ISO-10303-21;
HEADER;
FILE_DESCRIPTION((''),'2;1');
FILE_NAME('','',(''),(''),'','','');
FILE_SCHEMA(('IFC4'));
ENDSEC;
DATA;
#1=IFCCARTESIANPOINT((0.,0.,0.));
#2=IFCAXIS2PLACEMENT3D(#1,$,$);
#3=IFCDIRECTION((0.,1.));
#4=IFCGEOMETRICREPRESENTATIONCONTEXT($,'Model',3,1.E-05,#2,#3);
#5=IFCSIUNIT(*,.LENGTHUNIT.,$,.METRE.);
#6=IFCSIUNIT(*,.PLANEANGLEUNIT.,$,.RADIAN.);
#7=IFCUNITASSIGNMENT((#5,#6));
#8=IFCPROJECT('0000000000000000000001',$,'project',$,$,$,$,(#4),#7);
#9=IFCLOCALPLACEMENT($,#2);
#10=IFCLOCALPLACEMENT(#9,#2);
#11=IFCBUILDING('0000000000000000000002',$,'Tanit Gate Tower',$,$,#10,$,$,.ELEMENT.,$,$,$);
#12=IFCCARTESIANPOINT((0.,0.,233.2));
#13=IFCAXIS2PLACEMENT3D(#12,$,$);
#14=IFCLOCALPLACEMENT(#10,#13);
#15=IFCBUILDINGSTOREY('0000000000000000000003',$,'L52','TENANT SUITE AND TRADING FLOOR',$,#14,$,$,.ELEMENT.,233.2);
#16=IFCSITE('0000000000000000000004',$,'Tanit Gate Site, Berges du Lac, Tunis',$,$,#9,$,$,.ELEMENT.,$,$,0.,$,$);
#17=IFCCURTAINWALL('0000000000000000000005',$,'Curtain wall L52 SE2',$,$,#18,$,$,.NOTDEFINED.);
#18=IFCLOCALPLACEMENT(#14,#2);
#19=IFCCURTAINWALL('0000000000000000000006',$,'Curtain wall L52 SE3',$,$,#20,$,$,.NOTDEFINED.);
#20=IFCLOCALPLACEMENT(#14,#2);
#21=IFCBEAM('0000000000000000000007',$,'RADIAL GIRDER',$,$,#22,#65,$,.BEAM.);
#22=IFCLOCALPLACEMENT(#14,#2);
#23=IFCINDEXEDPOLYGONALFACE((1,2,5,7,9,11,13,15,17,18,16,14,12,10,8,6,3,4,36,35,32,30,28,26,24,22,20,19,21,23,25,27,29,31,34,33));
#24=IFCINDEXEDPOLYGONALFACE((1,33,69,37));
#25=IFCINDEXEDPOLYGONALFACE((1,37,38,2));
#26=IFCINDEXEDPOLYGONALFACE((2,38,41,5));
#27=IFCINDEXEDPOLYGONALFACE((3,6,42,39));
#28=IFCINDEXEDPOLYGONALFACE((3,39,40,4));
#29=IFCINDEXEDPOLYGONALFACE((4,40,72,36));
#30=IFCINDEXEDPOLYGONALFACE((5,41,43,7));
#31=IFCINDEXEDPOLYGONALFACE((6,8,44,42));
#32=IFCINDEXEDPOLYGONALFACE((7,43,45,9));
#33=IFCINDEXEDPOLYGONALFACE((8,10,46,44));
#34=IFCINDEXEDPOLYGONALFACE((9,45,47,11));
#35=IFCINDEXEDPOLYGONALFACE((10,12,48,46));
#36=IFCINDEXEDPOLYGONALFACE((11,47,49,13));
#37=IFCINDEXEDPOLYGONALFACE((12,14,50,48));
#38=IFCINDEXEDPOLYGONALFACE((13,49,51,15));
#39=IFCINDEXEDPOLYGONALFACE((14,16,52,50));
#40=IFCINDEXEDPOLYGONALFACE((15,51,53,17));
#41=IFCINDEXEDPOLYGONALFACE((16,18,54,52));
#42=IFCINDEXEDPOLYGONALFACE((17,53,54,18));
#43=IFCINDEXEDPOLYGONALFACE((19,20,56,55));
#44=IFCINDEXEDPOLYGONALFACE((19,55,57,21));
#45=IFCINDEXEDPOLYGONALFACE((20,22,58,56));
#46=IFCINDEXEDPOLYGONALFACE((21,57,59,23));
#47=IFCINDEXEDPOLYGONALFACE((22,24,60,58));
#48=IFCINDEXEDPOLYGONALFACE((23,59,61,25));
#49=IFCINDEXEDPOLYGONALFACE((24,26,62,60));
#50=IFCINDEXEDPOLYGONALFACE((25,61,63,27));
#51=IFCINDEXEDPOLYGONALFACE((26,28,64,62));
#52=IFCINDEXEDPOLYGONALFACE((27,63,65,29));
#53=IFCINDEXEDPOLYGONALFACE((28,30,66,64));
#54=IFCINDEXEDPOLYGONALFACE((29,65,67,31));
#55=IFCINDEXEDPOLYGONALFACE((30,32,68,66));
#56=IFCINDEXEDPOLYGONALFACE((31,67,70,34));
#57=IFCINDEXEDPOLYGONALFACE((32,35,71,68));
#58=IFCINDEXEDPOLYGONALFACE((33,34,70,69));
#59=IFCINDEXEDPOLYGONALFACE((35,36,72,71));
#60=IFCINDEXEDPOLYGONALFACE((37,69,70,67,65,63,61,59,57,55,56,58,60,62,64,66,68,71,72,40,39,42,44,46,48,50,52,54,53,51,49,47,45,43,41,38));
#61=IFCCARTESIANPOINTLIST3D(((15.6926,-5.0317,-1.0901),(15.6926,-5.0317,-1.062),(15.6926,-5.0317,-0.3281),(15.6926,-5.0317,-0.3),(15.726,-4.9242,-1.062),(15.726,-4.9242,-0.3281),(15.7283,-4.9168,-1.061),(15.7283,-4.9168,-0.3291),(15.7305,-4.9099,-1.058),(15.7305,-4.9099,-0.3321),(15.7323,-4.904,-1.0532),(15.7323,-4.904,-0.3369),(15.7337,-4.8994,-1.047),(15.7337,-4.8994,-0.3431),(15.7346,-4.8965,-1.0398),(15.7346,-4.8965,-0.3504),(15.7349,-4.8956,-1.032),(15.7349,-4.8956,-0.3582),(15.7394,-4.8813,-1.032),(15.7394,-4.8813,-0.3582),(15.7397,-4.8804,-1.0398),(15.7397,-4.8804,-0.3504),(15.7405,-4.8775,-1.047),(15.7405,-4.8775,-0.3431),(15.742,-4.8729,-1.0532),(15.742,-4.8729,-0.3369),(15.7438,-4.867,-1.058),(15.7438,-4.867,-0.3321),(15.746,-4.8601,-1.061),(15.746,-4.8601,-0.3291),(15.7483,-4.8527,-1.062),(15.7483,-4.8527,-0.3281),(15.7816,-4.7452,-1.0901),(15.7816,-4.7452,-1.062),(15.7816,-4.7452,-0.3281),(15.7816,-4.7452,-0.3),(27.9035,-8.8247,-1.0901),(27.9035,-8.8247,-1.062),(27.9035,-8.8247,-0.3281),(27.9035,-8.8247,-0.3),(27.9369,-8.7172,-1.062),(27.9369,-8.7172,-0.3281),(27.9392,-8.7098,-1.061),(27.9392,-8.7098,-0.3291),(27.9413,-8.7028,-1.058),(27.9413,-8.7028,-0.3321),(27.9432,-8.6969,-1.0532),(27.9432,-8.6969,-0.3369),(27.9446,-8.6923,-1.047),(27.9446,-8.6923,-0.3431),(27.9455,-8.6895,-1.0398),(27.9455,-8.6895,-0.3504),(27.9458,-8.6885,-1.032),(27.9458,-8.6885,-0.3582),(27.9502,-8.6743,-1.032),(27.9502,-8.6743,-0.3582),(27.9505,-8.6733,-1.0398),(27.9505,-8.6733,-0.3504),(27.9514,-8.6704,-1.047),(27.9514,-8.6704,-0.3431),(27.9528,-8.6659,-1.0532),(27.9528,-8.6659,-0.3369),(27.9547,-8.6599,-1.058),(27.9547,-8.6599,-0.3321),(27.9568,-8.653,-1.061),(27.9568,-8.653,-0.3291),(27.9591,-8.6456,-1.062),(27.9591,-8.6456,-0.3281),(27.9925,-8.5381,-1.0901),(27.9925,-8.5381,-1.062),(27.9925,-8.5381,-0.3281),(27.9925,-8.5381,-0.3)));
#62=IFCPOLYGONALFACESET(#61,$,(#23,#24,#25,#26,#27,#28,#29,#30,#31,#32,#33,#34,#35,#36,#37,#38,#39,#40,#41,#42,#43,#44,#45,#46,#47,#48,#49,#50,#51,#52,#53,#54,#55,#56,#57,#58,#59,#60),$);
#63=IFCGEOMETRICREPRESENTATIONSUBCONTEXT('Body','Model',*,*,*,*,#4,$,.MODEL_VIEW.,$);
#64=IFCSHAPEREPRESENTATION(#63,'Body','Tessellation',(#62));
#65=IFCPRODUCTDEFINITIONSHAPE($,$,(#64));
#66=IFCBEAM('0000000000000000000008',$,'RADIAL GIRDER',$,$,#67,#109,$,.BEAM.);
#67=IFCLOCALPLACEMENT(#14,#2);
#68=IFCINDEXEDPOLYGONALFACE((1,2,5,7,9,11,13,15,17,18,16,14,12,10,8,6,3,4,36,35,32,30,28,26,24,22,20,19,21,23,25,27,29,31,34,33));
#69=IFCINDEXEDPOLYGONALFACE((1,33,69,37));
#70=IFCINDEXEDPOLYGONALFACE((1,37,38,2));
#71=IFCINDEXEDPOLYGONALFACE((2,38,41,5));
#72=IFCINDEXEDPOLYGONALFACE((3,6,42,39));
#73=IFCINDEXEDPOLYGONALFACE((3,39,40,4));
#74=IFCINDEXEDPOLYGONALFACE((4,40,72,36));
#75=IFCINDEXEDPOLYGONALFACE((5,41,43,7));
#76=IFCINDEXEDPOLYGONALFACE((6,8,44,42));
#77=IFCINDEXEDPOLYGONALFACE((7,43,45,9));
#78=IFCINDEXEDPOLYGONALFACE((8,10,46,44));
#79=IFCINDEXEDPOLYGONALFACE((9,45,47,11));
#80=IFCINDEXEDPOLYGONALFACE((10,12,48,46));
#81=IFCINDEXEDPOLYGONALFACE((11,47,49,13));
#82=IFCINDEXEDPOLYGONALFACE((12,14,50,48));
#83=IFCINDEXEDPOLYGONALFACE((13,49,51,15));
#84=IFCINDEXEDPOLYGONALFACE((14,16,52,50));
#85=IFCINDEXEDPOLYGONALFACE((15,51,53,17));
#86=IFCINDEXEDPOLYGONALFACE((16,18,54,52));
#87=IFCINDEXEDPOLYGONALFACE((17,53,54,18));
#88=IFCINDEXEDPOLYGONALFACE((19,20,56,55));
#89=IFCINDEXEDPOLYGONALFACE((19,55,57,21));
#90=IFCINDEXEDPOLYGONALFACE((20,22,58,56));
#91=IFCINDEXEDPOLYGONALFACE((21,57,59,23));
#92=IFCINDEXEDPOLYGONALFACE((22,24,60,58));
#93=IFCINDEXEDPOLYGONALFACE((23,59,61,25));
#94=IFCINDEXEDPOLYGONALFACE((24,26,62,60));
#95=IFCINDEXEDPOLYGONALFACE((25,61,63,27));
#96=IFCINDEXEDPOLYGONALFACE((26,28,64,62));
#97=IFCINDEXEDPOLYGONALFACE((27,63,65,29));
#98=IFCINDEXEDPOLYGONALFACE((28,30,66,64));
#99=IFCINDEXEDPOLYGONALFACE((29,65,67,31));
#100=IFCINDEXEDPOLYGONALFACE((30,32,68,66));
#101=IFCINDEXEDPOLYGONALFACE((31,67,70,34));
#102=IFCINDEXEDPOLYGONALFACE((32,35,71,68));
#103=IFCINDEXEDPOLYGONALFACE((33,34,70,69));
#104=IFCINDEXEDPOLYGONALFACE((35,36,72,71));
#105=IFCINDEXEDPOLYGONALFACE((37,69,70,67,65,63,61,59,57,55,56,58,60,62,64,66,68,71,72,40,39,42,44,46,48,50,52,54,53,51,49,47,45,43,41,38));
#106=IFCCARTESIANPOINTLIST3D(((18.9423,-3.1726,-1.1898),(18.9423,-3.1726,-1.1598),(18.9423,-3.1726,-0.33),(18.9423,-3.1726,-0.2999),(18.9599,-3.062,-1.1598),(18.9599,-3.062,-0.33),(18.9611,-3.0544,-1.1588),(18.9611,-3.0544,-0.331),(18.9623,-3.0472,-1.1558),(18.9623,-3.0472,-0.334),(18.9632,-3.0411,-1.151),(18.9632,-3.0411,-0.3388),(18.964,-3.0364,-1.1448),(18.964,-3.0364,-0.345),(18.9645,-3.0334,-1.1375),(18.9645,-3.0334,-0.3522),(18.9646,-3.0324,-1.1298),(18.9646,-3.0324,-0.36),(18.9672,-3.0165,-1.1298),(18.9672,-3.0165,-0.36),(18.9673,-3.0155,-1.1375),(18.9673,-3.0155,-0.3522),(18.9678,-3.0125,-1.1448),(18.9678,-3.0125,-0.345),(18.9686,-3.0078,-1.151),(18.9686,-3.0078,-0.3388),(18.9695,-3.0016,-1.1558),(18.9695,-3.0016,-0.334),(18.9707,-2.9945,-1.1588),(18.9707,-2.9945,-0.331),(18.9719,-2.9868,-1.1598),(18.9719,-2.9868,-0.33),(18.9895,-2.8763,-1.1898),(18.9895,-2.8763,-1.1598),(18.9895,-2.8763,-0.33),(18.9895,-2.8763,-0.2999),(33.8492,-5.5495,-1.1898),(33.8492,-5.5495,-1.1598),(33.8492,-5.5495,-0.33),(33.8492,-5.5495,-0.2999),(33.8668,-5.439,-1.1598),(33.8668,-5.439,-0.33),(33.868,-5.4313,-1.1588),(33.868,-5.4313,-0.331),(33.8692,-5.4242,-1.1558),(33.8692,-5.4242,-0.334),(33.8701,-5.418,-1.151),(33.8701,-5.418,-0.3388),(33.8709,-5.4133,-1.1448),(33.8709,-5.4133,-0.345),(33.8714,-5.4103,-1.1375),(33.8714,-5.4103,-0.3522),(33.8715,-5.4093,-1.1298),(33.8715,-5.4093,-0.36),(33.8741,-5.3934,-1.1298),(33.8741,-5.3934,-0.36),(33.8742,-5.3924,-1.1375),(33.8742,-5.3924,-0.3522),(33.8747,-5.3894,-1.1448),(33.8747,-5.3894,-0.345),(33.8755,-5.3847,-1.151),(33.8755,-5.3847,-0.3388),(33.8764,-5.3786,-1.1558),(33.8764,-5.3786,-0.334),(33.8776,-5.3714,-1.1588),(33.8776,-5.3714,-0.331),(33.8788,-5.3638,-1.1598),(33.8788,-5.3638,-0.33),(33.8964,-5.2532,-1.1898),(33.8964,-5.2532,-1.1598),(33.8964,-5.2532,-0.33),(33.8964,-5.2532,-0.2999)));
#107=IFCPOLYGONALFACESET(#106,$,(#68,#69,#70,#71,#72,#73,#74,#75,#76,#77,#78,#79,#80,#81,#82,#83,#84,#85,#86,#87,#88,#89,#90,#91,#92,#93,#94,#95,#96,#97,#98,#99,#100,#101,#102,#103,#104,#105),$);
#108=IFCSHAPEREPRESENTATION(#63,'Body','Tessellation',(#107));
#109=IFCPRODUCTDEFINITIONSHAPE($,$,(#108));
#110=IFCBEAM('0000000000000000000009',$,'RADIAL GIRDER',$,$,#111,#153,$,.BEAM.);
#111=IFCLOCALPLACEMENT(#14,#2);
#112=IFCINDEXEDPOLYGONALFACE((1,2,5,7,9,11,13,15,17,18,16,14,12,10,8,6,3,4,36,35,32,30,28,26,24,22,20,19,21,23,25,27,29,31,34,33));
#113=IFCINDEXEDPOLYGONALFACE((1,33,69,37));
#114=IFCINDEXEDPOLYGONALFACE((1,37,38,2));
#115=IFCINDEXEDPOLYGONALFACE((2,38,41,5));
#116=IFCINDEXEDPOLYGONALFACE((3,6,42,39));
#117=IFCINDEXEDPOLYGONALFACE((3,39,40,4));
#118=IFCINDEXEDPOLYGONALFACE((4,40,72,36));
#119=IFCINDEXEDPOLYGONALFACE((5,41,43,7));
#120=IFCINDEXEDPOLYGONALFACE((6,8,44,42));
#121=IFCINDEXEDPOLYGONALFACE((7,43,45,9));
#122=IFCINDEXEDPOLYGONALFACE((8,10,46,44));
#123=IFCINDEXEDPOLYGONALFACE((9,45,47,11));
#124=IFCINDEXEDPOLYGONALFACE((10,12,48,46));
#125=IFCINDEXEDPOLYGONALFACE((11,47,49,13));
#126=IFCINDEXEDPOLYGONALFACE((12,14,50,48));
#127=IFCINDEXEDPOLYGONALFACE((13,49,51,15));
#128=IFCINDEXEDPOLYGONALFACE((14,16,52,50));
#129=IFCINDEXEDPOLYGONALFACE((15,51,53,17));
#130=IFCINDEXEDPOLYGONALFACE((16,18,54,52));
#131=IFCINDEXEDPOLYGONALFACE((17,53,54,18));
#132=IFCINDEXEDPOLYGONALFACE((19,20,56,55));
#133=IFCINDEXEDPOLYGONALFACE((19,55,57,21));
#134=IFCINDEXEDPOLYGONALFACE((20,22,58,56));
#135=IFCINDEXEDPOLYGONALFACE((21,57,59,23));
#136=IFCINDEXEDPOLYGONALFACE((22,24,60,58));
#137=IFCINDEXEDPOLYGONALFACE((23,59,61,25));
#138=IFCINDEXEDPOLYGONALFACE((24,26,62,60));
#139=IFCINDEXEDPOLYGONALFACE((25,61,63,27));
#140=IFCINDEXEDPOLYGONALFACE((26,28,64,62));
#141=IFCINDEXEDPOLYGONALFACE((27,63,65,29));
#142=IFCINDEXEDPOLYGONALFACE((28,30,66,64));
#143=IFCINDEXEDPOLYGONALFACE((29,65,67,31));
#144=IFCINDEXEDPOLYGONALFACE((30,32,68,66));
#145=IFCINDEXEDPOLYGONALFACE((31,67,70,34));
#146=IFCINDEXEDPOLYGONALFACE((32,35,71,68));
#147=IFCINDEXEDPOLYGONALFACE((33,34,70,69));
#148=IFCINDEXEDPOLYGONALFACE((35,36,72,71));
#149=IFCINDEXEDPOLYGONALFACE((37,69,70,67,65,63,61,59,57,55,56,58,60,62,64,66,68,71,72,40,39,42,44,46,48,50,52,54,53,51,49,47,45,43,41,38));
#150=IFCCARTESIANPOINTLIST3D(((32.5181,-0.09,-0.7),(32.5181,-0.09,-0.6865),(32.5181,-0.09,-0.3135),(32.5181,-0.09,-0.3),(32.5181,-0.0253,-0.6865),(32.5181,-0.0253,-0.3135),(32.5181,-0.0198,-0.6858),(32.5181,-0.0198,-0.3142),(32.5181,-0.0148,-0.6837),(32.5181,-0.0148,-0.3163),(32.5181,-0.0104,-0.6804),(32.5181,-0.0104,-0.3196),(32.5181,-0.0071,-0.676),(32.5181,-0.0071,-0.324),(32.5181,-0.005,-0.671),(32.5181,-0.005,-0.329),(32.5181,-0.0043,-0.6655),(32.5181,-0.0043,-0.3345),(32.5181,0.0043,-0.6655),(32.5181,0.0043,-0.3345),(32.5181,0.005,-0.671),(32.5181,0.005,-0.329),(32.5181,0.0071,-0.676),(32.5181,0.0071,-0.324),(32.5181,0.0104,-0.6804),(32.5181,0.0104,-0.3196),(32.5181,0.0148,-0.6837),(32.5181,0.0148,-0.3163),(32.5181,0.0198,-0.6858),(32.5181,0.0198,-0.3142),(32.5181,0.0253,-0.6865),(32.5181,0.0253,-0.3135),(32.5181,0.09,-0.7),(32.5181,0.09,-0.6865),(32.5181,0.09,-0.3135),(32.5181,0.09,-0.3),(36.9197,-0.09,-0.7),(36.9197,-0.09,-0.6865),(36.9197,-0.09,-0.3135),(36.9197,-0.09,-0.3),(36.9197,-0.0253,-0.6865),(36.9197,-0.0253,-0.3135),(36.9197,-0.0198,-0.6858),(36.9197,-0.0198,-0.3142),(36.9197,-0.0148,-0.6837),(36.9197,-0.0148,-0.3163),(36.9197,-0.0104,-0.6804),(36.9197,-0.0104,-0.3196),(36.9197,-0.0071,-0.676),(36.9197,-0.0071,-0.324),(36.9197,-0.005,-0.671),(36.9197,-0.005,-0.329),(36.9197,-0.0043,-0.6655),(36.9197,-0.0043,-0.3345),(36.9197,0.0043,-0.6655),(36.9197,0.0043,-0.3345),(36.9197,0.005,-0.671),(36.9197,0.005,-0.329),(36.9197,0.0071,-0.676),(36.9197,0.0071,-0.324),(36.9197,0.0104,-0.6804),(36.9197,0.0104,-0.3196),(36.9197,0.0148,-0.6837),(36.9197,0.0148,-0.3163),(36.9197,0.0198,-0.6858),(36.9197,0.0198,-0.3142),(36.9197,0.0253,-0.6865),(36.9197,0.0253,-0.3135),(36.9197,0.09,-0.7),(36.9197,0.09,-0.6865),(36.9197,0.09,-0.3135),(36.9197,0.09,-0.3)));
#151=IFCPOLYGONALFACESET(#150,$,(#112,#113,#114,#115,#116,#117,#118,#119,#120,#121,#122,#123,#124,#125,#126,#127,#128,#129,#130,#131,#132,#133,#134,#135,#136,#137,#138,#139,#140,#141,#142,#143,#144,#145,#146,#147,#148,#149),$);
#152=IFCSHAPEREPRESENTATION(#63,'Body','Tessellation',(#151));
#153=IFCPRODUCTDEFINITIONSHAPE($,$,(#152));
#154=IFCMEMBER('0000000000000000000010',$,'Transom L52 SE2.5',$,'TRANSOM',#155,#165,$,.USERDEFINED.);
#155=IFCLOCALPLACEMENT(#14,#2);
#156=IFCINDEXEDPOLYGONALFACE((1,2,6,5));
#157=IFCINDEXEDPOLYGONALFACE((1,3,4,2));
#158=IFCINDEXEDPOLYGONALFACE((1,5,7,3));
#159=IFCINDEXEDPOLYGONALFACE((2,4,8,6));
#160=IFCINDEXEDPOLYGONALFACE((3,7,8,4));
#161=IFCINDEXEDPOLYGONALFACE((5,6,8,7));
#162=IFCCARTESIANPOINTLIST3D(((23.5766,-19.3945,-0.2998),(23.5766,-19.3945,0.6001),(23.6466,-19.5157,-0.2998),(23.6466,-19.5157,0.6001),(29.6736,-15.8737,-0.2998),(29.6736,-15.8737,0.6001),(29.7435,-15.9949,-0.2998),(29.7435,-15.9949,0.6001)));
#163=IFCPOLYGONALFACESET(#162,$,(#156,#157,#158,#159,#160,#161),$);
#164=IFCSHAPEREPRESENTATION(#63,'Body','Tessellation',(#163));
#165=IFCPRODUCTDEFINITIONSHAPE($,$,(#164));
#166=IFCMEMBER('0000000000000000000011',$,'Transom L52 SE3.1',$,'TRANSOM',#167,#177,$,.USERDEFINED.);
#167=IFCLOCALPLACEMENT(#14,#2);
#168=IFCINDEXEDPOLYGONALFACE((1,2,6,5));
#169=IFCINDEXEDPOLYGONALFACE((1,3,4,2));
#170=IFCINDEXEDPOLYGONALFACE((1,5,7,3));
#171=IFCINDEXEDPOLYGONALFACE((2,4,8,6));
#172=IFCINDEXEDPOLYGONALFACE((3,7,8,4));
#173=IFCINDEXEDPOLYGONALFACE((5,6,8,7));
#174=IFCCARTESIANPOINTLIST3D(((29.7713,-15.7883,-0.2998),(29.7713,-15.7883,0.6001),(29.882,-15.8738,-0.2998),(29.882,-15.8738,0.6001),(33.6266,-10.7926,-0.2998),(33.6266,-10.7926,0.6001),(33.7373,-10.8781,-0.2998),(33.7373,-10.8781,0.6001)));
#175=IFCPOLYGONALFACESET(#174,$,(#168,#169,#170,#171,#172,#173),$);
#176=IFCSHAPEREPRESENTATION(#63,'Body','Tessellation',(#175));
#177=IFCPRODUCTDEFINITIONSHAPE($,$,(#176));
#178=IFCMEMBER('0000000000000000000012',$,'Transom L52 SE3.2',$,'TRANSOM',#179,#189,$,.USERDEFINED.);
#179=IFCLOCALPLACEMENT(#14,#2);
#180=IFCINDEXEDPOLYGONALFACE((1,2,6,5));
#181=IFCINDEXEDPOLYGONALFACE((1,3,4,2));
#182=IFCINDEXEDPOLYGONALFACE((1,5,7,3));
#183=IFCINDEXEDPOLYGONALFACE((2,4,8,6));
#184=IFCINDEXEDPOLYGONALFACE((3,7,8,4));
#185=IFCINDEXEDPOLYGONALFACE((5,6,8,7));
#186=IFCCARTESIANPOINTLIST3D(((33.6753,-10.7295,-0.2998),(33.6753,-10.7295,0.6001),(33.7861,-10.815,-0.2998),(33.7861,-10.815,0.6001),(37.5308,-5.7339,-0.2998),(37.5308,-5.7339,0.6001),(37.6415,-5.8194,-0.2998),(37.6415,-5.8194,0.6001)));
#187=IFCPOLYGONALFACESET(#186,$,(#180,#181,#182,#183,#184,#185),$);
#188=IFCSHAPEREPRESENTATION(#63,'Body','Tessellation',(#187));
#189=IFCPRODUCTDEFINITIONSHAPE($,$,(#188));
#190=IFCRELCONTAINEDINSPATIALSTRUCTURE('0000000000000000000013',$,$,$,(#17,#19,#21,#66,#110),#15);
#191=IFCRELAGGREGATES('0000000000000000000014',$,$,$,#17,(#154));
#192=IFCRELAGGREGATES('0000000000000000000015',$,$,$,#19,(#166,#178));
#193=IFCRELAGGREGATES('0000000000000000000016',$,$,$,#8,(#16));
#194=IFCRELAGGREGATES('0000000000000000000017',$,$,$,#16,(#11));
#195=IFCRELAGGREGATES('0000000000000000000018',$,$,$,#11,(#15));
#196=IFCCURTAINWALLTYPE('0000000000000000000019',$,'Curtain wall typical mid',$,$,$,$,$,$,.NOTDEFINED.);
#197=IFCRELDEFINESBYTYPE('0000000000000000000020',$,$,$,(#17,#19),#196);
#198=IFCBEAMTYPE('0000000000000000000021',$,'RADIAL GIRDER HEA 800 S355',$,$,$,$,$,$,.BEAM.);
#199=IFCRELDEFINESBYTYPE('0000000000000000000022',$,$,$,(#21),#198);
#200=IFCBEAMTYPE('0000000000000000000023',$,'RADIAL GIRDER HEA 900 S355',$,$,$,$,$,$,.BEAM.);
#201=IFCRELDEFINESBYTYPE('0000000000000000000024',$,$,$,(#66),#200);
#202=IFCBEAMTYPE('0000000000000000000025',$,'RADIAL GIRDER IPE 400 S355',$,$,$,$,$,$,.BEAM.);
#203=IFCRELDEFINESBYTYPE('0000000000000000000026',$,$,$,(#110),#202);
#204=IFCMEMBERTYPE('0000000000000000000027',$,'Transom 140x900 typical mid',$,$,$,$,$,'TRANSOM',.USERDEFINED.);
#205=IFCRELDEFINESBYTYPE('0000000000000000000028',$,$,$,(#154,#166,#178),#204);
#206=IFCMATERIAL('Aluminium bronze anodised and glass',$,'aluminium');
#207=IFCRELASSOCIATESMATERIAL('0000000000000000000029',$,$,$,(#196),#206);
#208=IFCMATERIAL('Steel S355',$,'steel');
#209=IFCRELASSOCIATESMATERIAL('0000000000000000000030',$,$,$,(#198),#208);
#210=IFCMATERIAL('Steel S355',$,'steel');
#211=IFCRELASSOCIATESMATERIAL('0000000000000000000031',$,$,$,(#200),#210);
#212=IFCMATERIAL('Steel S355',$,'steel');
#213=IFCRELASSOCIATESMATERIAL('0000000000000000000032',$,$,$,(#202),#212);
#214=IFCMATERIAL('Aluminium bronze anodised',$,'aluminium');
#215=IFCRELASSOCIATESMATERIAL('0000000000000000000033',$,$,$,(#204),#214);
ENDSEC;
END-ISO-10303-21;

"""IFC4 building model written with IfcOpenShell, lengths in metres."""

from ifc_helpers import new_model, si_unit, direction, frame, origin, origin_2d, place, context, subcontext, project, spatial, rectangle, i_section, extrude, material, material_profile, profile_set, type_object, element, aggregate, save


model = new_model("IFC4")

# Units and contexts
model_context = context("Model", 3, precision=1e-05, world=origin(), true_north=direction((0.0, 1.0)))
body_context = subcontext(model_context, "Body", "Model", "MODEL_VIEW")
ifc_project = project(units=[si_unit("LENGTHUNIT", "METRE"), si_unit("PLANEANGLEUNIT", "RADIAN")], contexts=[model_context])

# Site, building, storey
site_placement = place(None, origin())
site = spatial("IfcSite", under=ifc_project, at=site_placement, Name="Tanit Gate Site, Berges du Lac, Tunis", CompositionType="ELEMENT", RefElevation=0.0)
building_placement = place(site_placement, origin())
building = spatial("IfcBuilding", under=site, at=building_placement, Name="Tanit Gate Tower", CompositionType="ELEMENT")
storey_placement = place(building_placement, frame((0.0, 0.0, 233.2)))
storey = spatial("IfcBuildingStorey", under=building, at=storey_placement, Name="L52", Description="TENANT SUITE AND TRADING FLOOR", CompositionType="ELEMENT", Elevation=233.2)

# Curtain wall
ifc_material_1 = material(Name="Aluminium bronze anodised and glass", Category="aluminium")
curtain_wall_type = type_object("IfcCurtainWallType", Name="Curtain wall typical mid", PredefinedType="NOTDEFINED", material=ifc_material_1)
curtain_wall_1_placement = place(storey_placement, origin())
curtain_wall_1 = element("IfcCurtainWall", 1, at=curtain_wall_1_placement, inside=storey, type_object=curtain_wall_type, Name="Curtain wall L52 SE2", PredefinedType="NOTDEFINED")

# Curtain wall
curtain_wall_2_placement = place(storey_placement, origin())
curtain_wall_2 = element("IfcCurtainWall", 2, at=curtain_wall_2_placement, inside=storey, type_object=curtain_wall_type, Name="Curtain wall L52 SE3", PredefinedType="NOTDEFINED")

# Beams
ifc_material_2 = material(Name="Steel S355", Category="steel")
ifc_material_profile_1 = material_profile(ifc_material_2, i_section(OverallWidth=0.3, OverallDepth=0.79, WebThickness=0.0149, FlangeThickness=0.0281, FilletRadius=0.03, at=origin_2d()), Name="HEA 800")
ifc_profile_set_1 = profile_set([ifc_material_profile_1], Name="Steel S355")
beam_type_1 = type_object("IfcBeamType", Name="RADIAL GIRDER HEA 800 S355", PredefinedType="BEAM", material=ifc_profile_set_1)
beam_1_placement = place(storey_placement, frame((27.948, -8.6814, -0.6951), z_axis=(-0.95499, 0.296639, 0.0), x_axis=(-0.296639, -0.95499, 0.0)))
element("IfcBeam", 3, at=beam_1_placement, inside=storey, type_object=beam_type_1, Name="RADIAL GIRDER", PredefinedType="BEAM", context=body_context, shape_type="SweptSolid", body=[
    extrude(i_section(OverallWidth=0.3, OverallDepth=0.79, WebThickness=0.0149, FlangeThickness=0.0281, FilletRadius=0.03, at=origin_2d()), origin(), (0.0, 0.0, 1.0), 12.7864),
])
ifc_material_3 = material(Name="Steel S355", Category="steel")
ifc_material_profile_2 = material_profile(ifc_material_3, i_section(OverallWidth=0.3, OverallDepth=0.8899, WebThickness=0.0161, FlangeThickness=0.03, FilletRadius=0.03, at=origin_2d()), Name="HEA 900")
ifc_profile_set_2 = profile_set([ifc_material_profile_2], Name="Steel S355")
beam_type_2 = type_object("IfcBeamType", Name="RADIAL GIRDER HEA 900 S355", PredefinedType="BEAM", material=ifc_profile_set_2)
beam_2_placement = place(storey_placement, frame((33.8728, -5.4014, -0.7449), z_axis=(-0.987525, 0.157463, 0.0), x_axis=(-0.157463, -0.987525, 0.0)))
element("IfcBeam", 4, at=beam_2_placement, inside=storey, type_object=beam_type_2, Name="RADIAL GIRDER", PredefinedType="BEAM", context=body_context, shape_type="SweptSolid", body=[
    extrude(i_section(OverallWidth=0.3, OverallDepth=0.8899, WebThickness=0.0161, FlangeThickness=0.03, FilletRadius=0.03, at=origin_2d()), origin(), (0.0, 0.0, 1.0), 15.0952),
])
ifc_material_4 = material(Name="Steel S355", Category="steel")
ifc_material_profile_3 = material_profile(ifc_material_4, i_section(OverallWidth=0.1799, OverallDepth=0.3999, WebThickness=0.0085, FlangeThickness=0.0134, FilletRadius=0.021, at=origin_2d()), Name="IPE 400")
ifc_profile_set_3 = profile_set([ifc_material_profile_3], Name="Steel S355")
beam_type_3 = type_object("IfcBeamType", Name="RADIAL GIRDER IPE 400 S355", PredefinedType="BEAM", material=ifc_profile_set_3)
beam_3_placement = place(storey_placement, frame((36.9197, 0.0, -0.5), z_axis=(-1.0, 0.0, 0.0), x_axis=(0.0, -1.0, 0.0)))
element("IfcBeam", 5, at=beam_3_placement, inside=storey, type_object=beam_type_3, Name="RADIAL GIRDER", PredefinedType="BEAM", context=body_context, shape_type="SweptSolid", body=[
    extrude(i_section(OverallWidth=0.1799, OverallDepth=0.3999, WebThickness=0.0085, FlangeThickness=0.0134, FilletRadius=0.021, at=origin_2d()), origin(), (0.0, 0.0, 1.0), 4.4016),
])

# Members
ifc_material_5 = material(Name="Aluminium bronze anodised", Category="aluminium")
ifc_material_profile_4 = material_profile(ifc_material_5, rectangle(XDim=0.1399, YDim=0.8999, at=origin_2d()), Name="140x900 bronze transom")
ifc_profile_set_4 = profile_set([ifc_material_profile_4], Name="Aluminium bronze anodised")
member_type_1 = type_object("IfcMemberType", Name="Transom 140x900 typical mid", ElementType="TRANSOM", PredefinedType="USERDEFINED", material=ifc_profile_set_4)
member_1_placement = place(storey_placement, frame((23.6116, -19.4551, 0.1501), z_axis=(0.865983, 0.500074, 0.0), x_axis=(-0.500074, 0.865983, 0.0)))
member_1 = element("IfcMember", 6, at=member_1_placement, type_object=member_type_1, Name="Transom L52 SE2.5", ObjectType="TRANSOM", PredefinedType="USERDEFINED", context=body_context, shape_type="SweptSolid", body=[
    extrude(rectangle(XDim=0.1399, YDim=0.8999, at=origin_2d()), origin(), (0.0, 0.0, 1.0), 7.0405),
])
member_2_placement = place(storey_placement, frame((29.8267, -15.8311, 0.1501), z_axis=(0.61095, 0.791669, 0.0), x_axis=(-0.791669, 0.61095, 0.0)))
member_2 = element("IfcMember", 7, at=member_2_placement, type_object=member_type_1, Name="Transom L52 SE3.1", ObjectType="TRANSOM", PredefinedType="USERDEFINED", context=body_context, shape_type="SweptSolid", body=[
    extrude(rectangle(XDim=0.1399, YDim=0.8999, at=origin_2d()), origin(), (0.0, 0.0, 1.0), 6.3103),
])
member_3_placement = place(storey_placement, frame((33.7307, -10.7722, 0.1501), z_axis=(0.610974, 0.791651, 0.0), x_axis=(-0.791651, 0.610974, 0.0)))
member_3 = element("IfcMember", 8, at=member_3_placement, type_object=member_type_1, Name="Transom L52 SE3.2", ObjectType="TRANSOM", PredefinedType="USERDEFINED", context=body_context, shape_type="SweptSolid", body=[
    extrude(rectangle(XDim=0.1399, YDim=0.8999, at=origin_2d()), origin(), (0.0, 0.0, 1.0), 6.3103),
])

aggregate(curtain_wall_1, [member_1])
aggregate(curtain_wall_2, [member_2, member_3])

save(model, "model.ifc")
